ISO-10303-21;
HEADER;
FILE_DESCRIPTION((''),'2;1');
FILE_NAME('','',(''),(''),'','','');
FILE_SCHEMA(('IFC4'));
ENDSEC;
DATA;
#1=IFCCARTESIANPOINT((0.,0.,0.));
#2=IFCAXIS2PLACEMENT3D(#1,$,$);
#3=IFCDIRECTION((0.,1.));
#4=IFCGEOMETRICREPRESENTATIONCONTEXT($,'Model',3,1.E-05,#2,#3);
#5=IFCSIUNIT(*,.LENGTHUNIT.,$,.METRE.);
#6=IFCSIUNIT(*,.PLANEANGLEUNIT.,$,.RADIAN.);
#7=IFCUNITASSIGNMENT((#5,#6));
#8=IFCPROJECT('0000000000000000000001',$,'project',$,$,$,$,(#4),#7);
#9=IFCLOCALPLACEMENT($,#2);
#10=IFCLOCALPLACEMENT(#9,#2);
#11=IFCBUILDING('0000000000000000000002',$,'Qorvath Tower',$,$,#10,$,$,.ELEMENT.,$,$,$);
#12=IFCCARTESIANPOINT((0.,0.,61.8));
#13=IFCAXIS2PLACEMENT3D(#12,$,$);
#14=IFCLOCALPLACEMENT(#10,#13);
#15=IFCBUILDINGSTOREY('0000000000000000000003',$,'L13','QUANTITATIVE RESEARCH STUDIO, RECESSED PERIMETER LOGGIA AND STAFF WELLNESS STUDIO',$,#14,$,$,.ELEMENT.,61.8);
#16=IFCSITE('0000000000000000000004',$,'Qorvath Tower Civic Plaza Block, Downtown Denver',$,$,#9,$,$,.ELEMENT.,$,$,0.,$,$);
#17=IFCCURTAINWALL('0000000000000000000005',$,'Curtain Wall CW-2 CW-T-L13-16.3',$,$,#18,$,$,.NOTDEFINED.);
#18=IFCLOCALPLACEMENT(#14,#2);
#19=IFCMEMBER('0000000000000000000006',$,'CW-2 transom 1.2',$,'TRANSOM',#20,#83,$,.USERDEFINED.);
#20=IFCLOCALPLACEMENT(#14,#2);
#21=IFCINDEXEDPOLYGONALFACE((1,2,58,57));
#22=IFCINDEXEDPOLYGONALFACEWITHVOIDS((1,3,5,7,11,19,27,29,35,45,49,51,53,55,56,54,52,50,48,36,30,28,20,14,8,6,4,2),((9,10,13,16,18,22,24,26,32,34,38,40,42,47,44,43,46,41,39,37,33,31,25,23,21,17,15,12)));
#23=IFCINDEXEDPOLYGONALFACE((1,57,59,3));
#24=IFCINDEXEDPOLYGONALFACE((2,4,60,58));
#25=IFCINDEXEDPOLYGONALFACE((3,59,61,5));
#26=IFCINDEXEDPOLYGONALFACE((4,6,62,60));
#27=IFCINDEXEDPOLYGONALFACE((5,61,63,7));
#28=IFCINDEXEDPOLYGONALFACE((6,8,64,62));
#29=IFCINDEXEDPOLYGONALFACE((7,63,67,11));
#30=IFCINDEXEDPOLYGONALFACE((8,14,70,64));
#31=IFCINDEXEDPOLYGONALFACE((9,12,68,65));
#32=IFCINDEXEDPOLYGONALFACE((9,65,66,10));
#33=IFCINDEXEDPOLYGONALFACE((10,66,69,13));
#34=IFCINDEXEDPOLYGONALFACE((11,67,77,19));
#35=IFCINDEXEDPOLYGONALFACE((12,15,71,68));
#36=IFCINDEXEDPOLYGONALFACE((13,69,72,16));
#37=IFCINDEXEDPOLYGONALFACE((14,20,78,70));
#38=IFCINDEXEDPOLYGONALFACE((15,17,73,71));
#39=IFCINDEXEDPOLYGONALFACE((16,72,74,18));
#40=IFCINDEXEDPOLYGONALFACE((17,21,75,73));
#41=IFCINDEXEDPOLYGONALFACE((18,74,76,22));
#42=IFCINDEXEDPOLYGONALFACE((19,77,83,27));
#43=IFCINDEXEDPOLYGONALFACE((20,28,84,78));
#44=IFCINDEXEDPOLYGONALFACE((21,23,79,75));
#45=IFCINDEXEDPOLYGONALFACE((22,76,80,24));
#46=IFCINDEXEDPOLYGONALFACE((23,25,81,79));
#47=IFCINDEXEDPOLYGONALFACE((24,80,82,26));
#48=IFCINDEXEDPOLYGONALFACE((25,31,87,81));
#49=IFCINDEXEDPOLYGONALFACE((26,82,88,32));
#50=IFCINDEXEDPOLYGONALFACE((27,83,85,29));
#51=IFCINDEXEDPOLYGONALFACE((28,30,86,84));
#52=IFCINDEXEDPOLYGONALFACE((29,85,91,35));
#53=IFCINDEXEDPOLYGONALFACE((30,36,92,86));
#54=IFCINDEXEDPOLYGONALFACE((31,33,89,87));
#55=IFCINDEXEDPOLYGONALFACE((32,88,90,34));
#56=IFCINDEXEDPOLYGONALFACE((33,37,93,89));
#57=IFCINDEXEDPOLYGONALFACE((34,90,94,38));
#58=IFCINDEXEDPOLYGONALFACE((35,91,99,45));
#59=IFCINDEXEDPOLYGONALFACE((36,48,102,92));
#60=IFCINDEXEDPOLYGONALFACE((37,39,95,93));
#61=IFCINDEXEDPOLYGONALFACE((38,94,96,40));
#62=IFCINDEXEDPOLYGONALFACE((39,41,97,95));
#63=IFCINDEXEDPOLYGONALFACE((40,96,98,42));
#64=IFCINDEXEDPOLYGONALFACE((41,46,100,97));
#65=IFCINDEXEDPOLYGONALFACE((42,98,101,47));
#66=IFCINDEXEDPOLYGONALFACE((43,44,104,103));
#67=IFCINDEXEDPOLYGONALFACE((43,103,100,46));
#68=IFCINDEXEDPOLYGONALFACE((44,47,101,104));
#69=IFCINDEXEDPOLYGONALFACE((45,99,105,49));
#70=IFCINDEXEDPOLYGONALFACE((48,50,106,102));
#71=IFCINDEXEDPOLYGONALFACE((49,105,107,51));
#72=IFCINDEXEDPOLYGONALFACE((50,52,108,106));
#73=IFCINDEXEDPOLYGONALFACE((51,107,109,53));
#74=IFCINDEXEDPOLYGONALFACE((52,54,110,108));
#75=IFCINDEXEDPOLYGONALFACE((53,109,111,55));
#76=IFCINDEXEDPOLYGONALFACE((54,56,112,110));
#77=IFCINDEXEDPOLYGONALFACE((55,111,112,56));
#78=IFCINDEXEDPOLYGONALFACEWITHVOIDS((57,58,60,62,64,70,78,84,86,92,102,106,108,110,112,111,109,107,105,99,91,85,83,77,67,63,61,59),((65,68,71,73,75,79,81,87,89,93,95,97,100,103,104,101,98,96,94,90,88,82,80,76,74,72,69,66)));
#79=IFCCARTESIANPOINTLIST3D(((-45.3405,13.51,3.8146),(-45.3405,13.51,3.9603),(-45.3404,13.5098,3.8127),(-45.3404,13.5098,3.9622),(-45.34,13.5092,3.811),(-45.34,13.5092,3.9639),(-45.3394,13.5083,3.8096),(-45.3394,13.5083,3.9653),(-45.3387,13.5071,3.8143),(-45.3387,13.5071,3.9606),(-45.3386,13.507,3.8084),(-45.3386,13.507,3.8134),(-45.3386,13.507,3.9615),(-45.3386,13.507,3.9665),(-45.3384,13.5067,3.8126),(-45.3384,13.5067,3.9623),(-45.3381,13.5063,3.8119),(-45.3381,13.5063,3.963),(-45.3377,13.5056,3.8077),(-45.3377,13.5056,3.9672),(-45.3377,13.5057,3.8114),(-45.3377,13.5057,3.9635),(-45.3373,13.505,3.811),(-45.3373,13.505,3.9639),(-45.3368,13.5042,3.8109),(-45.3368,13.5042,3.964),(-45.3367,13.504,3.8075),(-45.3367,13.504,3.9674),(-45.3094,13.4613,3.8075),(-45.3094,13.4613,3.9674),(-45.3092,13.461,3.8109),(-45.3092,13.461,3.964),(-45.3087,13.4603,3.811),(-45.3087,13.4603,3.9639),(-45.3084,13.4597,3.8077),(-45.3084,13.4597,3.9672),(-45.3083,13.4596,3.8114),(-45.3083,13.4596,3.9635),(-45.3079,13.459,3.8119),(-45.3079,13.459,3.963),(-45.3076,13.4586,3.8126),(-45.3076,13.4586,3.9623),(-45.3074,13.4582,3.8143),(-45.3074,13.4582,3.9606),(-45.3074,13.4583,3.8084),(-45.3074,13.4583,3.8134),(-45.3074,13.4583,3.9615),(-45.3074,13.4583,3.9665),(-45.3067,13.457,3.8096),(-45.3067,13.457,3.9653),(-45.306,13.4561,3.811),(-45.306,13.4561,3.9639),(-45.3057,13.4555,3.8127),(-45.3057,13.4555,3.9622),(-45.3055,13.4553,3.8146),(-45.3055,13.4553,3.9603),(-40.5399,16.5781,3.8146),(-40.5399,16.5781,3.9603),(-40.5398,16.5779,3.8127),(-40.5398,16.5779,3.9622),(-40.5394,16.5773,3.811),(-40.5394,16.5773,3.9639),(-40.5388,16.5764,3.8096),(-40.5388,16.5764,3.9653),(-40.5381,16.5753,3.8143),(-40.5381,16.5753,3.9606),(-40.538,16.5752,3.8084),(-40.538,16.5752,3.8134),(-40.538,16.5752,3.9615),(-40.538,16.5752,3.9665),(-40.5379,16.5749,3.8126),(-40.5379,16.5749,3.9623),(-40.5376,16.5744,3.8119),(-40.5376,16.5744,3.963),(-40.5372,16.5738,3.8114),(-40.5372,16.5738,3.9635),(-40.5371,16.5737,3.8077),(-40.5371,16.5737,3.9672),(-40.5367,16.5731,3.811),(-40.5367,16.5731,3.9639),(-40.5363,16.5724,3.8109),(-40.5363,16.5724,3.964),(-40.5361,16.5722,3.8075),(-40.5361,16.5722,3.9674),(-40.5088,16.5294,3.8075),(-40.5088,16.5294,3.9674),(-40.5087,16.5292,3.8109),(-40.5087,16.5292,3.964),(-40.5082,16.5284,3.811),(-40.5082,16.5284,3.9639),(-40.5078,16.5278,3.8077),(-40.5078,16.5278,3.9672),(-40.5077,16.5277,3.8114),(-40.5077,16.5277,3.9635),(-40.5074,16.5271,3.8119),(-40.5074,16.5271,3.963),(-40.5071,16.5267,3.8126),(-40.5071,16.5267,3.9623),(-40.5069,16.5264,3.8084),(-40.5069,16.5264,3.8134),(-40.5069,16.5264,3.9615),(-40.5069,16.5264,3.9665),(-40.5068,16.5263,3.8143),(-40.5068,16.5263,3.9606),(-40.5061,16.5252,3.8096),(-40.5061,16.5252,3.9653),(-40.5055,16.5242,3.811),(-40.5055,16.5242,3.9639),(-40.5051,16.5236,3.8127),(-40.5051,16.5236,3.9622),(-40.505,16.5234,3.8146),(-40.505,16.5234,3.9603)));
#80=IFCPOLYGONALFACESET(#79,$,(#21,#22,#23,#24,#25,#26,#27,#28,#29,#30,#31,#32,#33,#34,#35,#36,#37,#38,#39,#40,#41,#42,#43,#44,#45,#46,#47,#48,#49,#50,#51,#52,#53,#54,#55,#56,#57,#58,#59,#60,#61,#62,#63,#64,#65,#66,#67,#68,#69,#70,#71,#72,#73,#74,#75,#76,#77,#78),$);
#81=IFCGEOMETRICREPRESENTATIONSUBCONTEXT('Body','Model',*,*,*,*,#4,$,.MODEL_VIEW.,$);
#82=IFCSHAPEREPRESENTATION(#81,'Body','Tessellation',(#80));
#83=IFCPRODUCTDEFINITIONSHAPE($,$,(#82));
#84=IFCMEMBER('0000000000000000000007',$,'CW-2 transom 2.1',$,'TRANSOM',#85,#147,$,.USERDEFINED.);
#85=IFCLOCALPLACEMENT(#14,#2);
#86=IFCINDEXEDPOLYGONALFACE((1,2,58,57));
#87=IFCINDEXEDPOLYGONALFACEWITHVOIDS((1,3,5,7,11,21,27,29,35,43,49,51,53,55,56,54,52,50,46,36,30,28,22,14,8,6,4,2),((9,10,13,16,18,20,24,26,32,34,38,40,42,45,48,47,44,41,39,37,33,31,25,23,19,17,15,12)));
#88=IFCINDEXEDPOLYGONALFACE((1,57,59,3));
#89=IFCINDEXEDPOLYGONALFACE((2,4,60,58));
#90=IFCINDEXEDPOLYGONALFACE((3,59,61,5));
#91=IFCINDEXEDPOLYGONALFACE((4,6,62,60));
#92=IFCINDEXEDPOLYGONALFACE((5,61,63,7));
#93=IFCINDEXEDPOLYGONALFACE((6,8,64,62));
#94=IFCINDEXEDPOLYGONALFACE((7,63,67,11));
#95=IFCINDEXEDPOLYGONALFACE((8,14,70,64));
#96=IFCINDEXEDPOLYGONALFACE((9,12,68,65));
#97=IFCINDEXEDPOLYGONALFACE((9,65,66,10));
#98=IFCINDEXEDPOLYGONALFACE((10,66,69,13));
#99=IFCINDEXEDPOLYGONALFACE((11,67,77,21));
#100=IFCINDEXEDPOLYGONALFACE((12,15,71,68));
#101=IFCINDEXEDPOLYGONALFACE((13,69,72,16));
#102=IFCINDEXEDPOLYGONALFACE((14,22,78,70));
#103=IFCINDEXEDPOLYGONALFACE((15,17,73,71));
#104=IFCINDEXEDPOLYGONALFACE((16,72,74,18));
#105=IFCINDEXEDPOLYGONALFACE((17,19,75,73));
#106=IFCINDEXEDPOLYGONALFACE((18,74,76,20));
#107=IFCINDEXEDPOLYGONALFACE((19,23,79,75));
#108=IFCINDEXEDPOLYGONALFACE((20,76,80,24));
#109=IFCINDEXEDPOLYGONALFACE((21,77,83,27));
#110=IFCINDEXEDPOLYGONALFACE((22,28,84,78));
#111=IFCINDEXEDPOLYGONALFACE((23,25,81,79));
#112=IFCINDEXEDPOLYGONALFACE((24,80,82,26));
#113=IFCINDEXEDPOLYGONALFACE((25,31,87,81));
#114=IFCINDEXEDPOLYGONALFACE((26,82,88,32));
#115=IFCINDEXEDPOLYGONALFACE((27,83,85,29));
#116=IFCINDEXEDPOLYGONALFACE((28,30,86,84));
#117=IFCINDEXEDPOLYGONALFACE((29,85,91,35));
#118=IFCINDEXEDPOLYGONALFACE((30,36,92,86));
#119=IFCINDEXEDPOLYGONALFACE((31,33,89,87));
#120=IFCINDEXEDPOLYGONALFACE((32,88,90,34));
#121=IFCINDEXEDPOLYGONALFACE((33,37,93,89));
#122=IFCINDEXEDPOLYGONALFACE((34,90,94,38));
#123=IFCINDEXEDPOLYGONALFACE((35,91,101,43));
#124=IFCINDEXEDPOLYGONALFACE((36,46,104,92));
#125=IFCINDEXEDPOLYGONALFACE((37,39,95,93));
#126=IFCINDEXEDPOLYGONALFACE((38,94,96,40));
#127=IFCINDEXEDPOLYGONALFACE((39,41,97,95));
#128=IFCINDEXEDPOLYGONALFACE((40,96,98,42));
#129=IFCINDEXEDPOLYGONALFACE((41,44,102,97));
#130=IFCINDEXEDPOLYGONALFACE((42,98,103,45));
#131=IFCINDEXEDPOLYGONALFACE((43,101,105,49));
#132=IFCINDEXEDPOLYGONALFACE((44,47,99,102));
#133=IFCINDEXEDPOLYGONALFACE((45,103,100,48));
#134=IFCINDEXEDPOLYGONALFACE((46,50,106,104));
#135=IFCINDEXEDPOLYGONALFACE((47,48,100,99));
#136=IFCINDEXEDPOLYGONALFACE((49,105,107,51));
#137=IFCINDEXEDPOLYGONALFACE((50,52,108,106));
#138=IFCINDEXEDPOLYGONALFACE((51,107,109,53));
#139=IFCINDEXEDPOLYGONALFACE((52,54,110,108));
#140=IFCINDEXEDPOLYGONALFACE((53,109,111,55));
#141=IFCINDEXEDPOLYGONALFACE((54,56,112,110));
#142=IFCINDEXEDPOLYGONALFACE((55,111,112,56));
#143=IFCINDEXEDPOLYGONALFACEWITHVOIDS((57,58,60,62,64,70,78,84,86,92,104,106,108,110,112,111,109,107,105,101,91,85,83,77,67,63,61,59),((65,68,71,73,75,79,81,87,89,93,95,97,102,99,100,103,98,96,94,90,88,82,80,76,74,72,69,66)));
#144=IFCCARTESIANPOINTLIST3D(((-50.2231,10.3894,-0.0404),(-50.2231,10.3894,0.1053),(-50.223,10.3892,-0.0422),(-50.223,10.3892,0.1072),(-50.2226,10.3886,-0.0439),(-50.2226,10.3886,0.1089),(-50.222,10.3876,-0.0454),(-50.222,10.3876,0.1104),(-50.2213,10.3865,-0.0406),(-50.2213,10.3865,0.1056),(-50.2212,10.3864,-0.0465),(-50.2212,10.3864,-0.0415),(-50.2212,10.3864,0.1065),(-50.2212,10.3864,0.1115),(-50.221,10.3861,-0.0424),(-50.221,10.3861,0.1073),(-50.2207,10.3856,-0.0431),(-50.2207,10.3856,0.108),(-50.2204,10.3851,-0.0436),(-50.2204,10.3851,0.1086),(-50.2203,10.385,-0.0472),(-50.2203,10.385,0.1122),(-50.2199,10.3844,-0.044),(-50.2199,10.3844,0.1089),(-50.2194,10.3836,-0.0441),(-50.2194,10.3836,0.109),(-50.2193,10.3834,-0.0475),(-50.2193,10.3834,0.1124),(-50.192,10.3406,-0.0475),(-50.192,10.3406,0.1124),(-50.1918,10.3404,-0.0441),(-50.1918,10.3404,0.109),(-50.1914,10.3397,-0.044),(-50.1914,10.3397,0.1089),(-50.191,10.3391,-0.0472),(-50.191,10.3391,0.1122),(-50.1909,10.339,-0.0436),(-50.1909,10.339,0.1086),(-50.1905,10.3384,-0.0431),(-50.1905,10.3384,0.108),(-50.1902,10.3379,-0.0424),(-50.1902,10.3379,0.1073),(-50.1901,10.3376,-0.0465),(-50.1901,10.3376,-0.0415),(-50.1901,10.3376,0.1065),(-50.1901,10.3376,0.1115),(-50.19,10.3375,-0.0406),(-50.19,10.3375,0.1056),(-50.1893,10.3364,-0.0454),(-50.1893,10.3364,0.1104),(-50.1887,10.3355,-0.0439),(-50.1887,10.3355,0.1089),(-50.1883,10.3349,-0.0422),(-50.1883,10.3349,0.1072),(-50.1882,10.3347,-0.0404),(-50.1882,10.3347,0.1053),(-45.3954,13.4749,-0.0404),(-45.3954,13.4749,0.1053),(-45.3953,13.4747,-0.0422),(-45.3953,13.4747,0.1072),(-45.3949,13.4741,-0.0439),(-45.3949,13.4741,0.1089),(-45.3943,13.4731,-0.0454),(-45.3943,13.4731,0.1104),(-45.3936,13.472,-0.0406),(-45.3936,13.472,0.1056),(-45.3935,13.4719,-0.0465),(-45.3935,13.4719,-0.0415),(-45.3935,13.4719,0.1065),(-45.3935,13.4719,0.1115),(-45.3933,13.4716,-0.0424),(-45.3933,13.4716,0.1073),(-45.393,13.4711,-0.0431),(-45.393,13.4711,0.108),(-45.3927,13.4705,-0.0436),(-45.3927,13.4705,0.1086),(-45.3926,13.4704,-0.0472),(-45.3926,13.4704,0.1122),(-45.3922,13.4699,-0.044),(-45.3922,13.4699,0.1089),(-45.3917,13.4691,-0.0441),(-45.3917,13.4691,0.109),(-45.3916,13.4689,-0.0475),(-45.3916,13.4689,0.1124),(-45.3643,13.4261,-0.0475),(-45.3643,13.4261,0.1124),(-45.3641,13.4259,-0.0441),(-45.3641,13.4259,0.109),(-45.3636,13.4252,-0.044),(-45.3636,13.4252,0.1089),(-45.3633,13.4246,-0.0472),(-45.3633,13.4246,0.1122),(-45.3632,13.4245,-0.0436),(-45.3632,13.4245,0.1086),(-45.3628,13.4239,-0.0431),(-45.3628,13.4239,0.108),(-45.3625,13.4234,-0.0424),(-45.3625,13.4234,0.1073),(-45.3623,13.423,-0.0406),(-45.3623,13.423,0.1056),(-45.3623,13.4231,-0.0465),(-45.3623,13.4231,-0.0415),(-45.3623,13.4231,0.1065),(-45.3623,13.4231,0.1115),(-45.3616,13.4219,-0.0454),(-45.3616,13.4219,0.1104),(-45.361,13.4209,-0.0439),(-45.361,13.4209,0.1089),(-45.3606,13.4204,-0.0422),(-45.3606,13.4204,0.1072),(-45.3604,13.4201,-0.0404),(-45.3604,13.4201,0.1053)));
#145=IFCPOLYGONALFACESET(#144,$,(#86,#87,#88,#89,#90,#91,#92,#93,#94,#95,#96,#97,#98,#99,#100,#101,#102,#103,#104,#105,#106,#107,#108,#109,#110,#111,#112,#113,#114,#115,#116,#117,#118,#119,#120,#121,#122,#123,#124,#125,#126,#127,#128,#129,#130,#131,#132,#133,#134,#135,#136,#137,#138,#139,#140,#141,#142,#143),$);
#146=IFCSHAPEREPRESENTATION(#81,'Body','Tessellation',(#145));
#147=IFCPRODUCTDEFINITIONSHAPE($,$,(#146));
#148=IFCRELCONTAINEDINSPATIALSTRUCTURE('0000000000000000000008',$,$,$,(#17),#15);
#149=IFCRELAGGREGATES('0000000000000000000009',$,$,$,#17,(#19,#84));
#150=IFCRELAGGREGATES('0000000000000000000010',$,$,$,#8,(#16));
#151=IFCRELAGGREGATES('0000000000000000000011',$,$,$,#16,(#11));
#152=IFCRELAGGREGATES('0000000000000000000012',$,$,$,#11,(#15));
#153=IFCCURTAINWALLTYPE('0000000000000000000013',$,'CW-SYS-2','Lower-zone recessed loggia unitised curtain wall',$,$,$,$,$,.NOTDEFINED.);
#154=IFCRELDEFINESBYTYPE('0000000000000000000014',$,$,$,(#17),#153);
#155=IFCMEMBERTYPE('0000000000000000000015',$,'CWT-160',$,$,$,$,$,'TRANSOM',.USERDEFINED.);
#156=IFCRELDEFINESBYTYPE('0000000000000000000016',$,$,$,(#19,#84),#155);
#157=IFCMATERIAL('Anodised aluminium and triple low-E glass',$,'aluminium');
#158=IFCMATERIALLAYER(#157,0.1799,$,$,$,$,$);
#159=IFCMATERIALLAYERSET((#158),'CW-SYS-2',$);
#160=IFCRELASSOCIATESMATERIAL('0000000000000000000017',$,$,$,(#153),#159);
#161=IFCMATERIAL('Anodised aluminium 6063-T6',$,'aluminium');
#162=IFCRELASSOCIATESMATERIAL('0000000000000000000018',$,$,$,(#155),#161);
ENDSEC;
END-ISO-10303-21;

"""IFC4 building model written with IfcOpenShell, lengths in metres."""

from ifc_helpers import new_model, si_unit, direction, frame, origin, origin_2d, place, context, subcontext, project, spatial, hollow_rectangle, extrude, material, layer, layer_set, material_profile, profile_set, type_object, element, aggregate, save


model = new_model("IFC4")

# Units and contexts
model_context = context("Model", 3, precision=1e-05, world=origin(), true_north=direction((0.0, 1.0)))
body_context = subcontext(model_context, "Body", "Model", "MODEL_VIEW")
ifc_project = project(units=[si_unit("LENGTHUNIT", "METRE"), si_unit("PLANEANGLEUNIT", "RADIAN")], contexts=[model_context])

# Site, building, storey
site_placement = place(None, origin())
site = spatial("IfcSite", under=ifc_project, at=site_placement, Name="Qorvath Tower Civic Plaza Block, Downtown Denver", CompositionType="ELEMENT", RefElevation=0.0)
building_placement = place(site_placement, origin())
building = spatial("IfcBuilding", under=site, at=building_placement, Name="Qorvath Tower", CompositionType="ELEMENT")
storey_placement = place(building_placement, frame((0.0, 0.0, 61.8)))
storey = spatial("IfcBuildingStorey", under=building, at=storey_placement, Name="L13", Description="QUANTITATIVE RESEARCH STUDIO, RECESSED PERIMETER LOGGIA AND STAFF WELLNESS STUDIO", CompositionType="ELEMENT", Elevation=61.8)

# Curtain wall, members
ifc_material_1 = material(Name="Anodised aluminium and triple low-E glass", Category="aluminium")
ifc_layer_1 = layer(ifc_material_1, 0.1799)
ifc_layer_set_1 = layer_set([ifc_layer_1], Name="CW-SYS-2")
curtain_wall_type = type_object("IfcCurtainWallType", Name="CW-SYS-2", Description="Lower-zone recessed loggia unitised curtain wall", PredefinedType="NOTDEFINED", material=ifc_layer_set_1)
curtain_wall_placement = place(storey_placement, origin())
curtain_wall = element("IfcCurtainWall", 1, at=curtain_wall_placement, inside=storey, type_object=curtain_wall_type, Name="Curtain Wall CW-2 CW-T-L13-16.3", PredefinedType="NOTDEFINED")
ifc_material_2 = material(Name="Anodised aluminium 6063-T6", Category="aluminium")
ifc_material_profile_1 = material_profile(ifc_material_2, hollow_rectangle(XDim=0.0649, YDim=0.1599, WallThickness=0.0034, InnerFilletRadius=0.0034, OuterFilletRadius=0.0071, at=origin_2d()), Name="CWT 160x65")
ifc_profile_set_1 = profile_set([ifc_material_profile_1], Name="Anodised aluminium 6063-T6")
member_type_1 = type_object("IfcMemberType", Name="CWT-160", ElementType="TRANSOM", PredefinedType="USERDEFINED", material=ifc_profile_set_1)
member_1_placement = place(storey_placement, frame((-40.5225, 16.5508, 3.8875), z_axis=(-0.842608, -0.538527, 0.0), x_axis=(0.538527, -0.842608, 0.0)))
member_1 = element("IfcMember", 2, at=member_1_placement, type_object=member_type_1, Name="CW-2 transom 1.2", ObjectType="TRANSOM", PredefinedType="USERDEFINED", context=body_context, shape_type="SweptSolid", body=[
    extrude(hollow_rectangle(XDim=0.0649, YDim=0.1599, WallThickness=0.0034, InnerFilletRadius=0.0034, OuterFilletRadius=0.0071, at=origin_2d()), origin(), (0.0, 0.0, 1.0), 5.6973),
])
member_2_placement = place(storey_placement, frame((-45.3779, 13.4475, 0.0325), z_axis=(-0.842607, -0.538529, 0.0), x_axis=(0.538529, -0.842607, 0.0)))
member_2 = element("IfcMember", 3, at=member_2_placement, type_object=member_type_1, Name="CW-2 transom 2.1", ObjectType="TRANSOM", PredefinedType="USERDEFINED", context=body_context, shape_type="SweptSolid", body=[
    extrude(hollow_rectangle(XDim=0.0649, YDim=0.1599, WallThickness=0.0034, InnerFilletRadius=0.0034, OuterFilletRadius=0.0071, at=origin_2d()), origin(), (0.0, 0.0, 1.0), 5.7295),
])

aggregate(curtain_wall, [member_1, member_2])

save(model, "model.ifc")
